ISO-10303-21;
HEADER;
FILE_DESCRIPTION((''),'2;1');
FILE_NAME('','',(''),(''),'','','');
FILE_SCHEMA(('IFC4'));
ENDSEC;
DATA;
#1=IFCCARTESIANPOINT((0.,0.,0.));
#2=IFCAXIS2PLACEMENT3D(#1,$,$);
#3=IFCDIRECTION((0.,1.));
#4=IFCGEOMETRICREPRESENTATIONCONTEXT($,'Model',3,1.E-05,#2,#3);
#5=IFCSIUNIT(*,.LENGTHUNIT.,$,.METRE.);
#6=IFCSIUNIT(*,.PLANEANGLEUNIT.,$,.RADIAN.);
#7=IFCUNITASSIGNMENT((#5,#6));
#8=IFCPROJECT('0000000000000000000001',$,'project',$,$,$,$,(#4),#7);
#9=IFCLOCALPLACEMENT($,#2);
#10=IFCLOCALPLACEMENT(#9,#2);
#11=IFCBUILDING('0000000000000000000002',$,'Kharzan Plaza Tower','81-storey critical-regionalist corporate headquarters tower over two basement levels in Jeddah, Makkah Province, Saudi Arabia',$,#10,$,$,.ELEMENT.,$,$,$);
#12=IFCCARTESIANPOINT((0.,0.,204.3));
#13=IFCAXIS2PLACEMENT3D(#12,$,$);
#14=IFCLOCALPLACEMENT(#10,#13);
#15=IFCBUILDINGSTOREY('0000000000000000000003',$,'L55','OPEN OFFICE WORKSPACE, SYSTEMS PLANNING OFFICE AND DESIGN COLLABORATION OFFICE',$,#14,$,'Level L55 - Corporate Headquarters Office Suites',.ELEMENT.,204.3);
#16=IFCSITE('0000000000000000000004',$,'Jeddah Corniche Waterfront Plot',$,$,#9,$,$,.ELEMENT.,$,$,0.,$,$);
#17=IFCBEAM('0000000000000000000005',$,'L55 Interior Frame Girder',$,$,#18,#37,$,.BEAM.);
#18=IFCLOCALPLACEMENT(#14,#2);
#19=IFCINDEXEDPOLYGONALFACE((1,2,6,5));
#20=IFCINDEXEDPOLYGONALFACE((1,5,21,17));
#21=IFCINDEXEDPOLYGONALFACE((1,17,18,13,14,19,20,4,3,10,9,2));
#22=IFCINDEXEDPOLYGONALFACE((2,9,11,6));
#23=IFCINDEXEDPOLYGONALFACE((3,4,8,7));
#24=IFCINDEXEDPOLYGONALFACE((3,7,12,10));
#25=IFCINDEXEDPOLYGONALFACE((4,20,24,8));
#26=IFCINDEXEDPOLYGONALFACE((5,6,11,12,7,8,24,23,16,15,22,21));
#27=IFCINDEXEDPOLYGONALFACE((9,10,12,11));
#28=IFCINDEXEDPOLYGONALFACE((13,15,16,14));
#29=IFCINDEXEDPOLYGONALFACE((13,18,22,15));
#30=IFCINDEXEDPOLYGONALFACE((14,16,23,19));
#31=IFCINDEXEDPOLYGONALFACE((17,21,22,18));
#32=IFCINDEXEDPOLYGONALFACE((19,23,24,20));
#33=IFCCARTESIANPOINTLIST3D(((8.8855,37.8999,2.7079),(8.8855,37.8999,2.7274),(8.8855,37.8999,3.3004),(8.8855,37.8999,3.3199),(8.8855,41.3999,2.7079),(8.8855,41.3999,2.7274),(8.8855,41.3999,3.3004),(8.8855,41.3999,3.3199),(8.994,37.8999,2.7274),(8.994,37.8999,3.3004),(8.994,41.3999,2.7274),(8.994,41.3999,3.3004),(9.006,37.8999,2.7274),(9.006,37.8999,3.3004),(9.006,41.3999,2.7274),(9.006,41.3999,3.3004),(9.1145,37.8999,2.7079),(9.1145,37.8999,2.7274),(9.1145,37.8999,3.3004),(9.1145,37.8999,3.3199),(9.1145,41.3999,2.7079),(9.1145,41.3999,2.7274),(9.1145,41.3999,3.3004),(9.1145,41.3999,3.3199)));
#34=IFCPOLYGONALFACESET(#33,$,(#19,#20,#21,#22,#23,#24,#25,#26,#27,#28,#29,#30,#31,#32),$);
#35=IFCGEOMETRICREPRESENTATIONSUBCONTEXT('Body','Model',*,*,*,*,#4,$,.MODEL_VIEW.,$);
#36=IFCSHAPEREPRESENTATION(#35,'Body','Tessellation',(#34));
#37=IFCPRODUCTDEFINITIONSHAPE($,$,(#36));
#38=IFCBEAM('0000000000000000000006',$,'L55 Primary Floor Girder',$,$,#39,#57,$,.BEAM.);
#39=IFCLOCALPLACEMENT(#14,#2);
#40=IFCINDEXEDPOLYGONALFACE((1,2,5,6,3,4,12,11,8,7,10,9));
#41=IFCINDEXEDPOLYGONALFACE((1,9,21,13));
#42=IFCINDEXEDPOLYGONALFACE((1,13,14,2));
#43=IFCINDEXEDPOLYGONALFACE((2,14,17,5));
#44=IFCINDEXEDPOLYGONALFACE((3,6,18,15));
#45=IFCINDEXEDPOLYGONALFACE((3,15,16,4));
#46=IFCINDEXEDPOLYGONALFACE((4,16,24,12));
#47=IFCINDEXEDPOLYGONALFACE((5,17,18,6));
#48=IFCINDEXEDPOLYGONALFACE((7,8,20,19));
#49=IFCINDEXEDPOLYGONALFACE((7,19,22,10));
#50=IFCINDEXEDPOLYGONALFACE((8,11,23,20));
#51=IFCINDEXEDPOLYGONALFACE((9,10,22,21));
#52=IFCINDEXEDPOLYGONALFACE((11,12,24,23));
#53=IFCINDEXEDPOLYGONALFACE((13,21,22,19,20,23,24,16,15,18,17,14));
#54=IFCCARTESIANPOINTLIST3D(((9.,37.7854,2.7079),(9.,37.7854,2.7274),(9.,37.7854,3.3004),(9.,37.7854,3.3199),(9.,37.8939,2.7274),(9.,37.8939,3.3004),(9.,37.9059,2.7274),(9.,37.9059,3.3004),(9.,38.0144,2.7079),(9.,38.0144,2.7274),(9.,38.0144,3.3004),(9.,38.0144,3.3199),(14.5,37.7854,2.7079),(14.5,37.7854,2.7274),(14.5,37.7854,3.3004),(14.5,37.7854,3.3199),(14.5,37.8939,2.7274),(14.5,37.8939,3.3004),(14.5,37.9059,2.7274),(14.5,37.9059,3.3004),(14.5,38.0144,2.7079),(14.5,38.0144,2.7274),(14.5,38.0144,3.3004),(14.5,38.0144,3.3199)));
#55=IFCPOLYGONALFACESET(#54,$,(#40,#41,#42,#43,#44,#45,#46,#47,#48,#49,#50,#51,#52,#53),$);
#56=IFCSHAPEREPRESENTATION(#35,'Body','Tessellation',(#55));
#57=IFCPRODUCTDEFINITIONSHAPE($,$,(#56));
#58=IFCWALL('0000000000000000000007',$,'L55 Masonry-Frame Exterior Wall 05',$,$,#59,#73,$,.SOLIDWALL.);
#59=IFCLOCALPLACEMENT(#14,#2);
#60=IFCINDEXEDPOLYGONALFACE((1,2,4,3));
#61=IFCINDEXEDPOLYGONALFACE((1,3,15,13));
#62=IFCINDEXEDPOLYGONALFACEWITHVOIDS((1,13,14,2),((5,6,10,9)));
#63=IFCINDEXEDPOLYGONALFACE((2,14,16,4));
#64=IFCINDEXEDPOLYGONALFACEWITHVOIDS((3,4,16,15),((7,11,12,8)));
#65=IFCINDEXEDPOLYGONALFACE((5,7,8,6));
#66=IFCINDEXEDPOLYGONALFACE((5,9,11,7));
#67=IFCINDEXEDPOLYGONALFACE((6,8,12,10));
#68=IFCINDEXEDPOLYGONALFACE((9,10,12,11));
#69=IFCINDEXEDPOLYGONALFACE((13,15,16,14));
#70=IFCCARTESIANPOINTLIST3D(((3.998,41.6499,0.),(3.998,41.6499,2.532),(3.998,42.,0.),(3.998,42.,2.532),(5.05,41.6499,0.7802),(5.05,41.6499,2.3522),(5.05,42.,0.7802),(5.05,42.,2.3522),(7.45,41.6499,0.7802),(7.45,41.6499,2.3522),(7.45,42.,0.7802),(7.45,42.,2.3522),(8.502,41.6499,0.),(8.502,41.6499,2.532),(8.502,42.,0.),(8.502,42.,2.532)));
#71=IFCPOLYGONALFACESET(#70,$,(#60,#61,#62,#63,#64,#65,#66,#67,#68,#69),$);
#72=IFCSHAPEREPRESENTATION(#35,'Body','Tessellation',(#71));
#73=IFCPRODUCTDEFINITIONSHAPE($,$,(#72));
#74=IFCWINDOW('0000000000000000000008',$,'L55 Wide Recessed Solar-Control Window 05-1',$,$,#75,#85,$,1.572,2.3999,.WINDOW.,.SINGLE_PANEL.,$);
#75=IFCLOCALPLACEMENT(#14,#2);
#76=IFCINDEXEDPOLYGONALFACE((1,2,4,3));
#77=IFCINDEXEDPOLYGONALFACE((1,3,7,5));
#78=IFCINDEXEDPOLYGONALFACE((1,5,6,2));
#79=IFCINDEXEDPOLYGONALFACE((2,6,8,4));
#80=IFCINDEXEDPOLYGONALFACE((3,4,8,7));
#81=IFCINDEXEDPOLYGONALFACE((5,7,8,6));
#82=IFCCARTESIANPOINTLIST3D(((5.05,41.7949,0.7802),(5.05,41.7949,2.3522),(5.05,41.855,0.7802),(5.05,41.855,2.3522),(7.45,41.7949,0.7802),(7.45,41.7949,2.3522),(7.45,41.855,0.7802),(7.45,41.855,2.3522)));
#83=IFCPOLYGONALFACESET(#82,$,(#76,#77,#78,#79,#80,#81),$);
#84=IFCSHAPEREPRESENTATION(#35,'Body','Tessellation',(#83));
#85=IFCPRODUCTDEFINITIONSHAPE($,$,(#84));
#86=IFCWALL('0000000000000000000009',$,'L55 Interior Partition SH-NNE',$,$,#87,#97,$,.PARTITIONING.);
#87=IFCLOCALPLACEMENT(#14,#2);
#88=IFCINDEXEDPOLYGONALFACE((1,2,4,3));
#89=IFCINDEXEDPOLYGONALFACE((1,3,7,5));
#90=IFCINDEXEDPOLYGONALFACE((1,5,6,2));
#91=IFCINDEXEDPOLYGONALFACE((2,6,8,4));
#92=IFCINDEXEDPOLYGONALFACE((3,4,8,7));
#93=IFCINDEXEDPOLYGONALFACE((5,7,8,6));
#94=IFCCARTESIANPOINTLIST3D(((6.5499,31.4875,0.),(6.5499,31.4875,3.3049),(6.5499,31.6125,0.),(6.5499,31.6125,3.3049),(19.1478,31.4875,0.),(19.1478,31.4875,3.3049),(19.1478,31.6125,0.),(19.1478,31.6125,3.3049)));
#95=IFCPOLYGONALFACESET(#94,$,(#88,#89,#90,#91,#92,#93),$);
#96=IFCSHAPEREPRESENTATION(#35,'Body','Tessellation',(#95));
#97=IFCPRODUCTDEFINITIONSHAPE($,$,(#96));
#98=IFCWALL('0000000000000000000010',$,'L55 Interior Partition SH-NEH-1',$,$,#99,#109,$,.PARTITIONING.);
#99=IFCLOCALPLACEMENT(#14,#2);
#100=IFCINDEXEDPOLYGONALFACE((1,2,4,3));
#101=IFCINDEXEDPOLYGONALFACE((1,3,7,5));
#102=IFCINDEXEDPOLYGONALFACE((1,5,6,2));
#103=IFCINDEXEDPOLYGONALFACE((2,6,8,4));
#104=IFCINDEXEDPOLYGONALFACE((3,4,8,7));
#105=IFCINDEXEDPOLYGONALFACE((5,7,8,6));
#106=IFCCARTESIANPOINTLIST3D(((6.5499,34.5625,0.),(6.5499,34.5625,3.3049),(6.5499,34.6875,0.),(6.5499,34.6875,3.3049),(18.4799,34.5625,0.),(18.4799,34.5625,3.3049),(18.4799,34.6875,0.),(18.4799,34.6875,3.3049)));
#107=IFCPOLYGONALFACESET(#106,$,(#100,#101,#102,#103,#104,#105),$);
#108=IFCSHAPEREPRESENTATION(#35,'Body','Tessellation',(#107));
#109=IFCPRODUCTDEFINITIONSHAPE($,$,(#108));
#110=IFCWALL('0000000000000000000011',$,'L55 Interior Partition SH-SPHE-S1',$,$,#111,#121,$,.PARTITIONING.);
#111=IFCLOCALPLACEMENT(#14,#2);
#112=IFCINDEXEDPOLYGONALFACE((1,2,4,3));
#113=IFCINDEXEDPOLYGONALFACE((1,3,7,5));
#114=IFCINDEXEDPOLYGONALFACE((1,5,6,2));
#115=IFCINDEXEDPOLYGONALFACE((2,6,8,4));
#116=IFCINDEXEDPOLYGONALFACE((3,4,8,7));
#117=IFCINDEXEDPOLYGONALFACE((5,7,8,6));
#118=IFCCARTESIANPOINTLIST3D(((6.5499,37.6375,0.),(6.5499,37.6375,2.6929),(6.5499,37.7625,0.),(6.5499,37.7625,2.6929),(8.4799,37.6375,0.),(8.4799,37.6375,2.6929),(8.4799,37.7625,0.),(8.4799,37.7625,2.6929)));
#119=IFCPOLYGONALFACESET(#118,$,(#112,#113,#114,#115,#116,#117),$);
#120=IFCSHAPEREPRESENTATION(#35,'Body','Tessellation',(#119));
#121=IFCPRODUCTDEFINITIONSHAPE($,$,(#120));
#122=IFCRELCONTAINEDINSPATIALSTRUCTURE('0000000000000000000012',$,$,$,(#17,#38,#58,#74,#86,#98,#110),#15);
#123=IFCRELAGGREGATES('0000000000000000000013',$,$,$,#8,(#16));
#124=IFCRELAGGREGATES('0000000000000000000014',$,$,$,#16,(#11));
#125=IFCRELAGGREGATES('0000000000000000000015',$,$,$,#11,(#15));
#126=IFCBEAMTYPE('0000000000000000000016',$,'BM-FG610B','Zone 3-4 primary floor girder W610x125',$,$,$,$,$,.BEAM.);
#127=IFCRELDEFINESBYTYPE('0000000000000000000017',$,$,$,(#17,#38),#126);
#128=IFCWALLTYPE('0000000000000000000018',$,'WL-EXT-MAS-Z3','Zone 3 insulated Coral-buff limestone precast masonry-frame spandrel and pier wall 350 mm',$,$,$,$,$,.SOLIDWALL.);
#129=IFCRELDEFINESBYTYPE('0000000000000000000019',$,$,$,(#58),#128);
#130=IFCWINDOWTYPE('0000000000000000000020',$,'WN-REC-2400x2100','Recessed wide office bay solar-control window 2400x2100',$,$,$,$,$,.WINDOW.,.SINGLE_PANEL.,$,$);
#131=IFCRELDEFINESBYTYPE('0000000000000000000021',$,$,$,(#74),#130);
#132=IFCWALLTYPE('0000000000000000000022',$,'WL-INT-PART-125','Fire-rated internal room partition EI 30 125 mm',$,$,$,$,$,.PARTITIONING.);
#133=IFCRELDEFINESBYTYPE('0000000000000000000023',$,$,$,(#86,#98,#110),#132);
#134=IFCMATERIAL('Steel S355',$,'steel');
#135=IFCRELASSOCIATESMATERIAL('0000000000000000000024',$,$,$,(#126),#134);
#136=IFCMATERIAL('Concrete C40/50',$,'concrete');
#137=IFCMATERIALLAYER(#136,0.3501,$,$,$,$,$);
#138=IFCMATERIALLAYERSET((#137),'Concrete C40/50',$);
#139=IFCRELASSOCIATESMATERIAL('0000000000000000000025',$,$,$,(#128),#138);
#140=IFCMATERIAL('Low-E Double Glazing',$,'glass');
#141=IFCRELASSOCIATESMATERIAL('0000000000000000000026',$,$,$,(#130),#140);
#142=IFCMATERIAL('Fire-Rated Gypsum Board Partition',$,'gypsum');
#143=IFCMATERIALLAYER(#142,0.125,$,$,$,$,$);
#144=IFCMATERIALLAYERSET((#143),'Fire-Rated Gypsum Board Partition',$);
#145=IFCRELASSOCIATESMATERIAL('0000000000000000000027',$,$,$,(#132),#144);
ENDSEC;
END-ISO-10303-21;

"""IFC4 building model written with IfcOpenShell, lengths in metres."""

from ifc_helpers import new_model, si_unit, direction, frame, frame_2d, origin, origin_2d, place, context, subcontext, project, spatial, rectangle, i_section, extrude, source, transform, mapped, material, layer, layer_set, material_profile, profile_set, type_object, element, fill, save


model = new_model("IFC4")

# Units and contexts
model_context = context("Model", 3, precision=1e-05, world=origin(), true_north=direction((0.0, 1.0)))
body_context = subcontext(model_context, "Body", "Model", "MODEL_VIEW")
ifc_project = project(units=[si_unit("LENGTHUNIT", "METRE"), si_unit("PLANEANGLEUNIT", "RADIAN")], contexts=[model_context])

# Site, building, storey
site_placement = place(None, origin())
site = spatial("IfcSite", under=ifc_project, at=site_placement, Name="Jeddah Corniche Waterfront Plot", CompositionType="ELEMENT", RefElevation=0.0)
building_placement = place(site_placement, origin())
building = spatial("IfcBuilding", under=site, at=building_placement, Name="Kharzan Plaza Tower", Description="81-storey critical-regionalist corporate headquarters tower over two basement levels in Jeddah, Makkah Province, Saudi Arabia", CompositionType="ELEMENT")
storey_placement = place(building_placement, frame((0.0, 0.0, 204.3)))
storey = spatial("IfcBuildingStorey", under=building, at=storey_placement, Name="L55", Description="OPEN OFFICE WORKSPACE, SYSTEMS PLANNING OFFICE AND DESIGN COLLABORATION OFFICE", LongName="Level L55 - Corporate Headquarters Office Suites", CompositionType="ELEMENT", Elevation=204.3)

# Beams
ifc_material_1 = material(Name="Steel S355", Category="steel")
ifc_material_profile = material_profile(ifc_material_1, i_section(OverallWidth=0.229, OverallDepth=0.6121, WebThickness=0.012, FlangeThickness=0.0195, at=origin_2d()), Name="W610x125")
ifc_profile_set = profile_set([ifc_material_profile], Name="Steel S355")
beam_type = type_object("IfcBeamType", Name="BM-FG610B", Description="Zone 3-4 primary floor girder W610x125", PredefinedType="BEAM", material=ifc_profile_set)
shared_shape_1 = source(origin(), body_context, "Body", "SweptSolid", [
    extrude(i_section(OverallWidth=0.229, OverallDepth=0.6121, WebThickness=0.012, FlangeThickness=0.0195, at=origin_2d()), origin(), (0.0, 0.0, 1.0), 3.5),
])
beam_1_placement = place(storey_placement, frame((9.0, 37.8999, 3.0139), z_axis=(0.0, 1.0, 0.0), x_axis=(-1.0, 0.0, 0.0)))
element("IfcBeam", 1, at=beam_1_placement, inside=storey, type_object=beam_type, Name="L55 Interior Frame Girder", PredefinedType="BEAM", context=body_context, shape_type="MappedRepresentation", body=[
    mapped(shared_shape_1, transform((0.0, 0.0, 0.0), x_axis=(1.0, 0.0, 0.0), y_axis=(0.0, 1.0, 0.0), z_axis=(0.0, 0.0, 1.0))),
])
shared_shape_2 = source(origin(), body_context, "Body", "SweptSolid", [
    extrude(i_section(OverallWidth=0.229, OverallDepth=0.6121, WebThickness=0.012, FlangeThickness=0.0195, at=origin_2d()), origin(), (0.0, 0.0, 1.0), 5.5),
])
beam_2_placement = place(storey_placement, frame((9.0, 37.8999, 3.0139), z_axis=(1.0, 0.0, 0.0), x_axis=(0.0, 1.0, 0.0)))
element("IfcBeam", 2, at=beam_2_placement, inside=storey, type_object=beam_type, Name="L55 Primary Floor Girder", PredefinedType="BEAM", context=body_context, shape_type="MappedRepresentation", body=[
    mapped(shared_shape_2, transform((0.0, 0.0, 0.0), x_axis=(1.0, 0.0, 0.0), y_axis=(0.0, 1.0, 0.0), z_axis=(0.0, 0.0, 1.0))),
])

# Wall, opening, window
ifc_material_2 = material(Name="Concrete C40/50", Category="concrete")
ifc_layer_1 = layer(ifc_material_2, 0.3501)
ifc_layer_set_1 = layer_set([ifc_layer_1], Name="Concrete C40/50")
wall_type_1 = type_object("IfcWallType", Name="WL-EXT-MAS-Z3", Description="Zone 3 insulated Coral-buff limestone precast masonry-frame spandrel and pier wall 350 mm", PredefinedType="SOLIDWALL", material=ifc_layer_set_1)
wall_1_placement = place(storey_placement, frame((8.502, 41.825, 0.0), z_axis=(0.0, 0.0, 1.0), x_axis=(-1.0, 0.0, 0.0)))
wall_1 = element("IfcWall", 3, at=wall_1_placement, inside=storey, type_object=wall_type_1, Name="L55 Masonry-Frame Exterior Wall 05", PredefinedType="SOLIDWALL", context=body_context, shape_type="SweptSolid", body=[
    extrude(rectangle(XDim=4.5039, YDim=0.3501, at=frame_2d((2.252, 0.0))), origin(), (0.0, 0.0, 1.0), 2.532),
])
opening_1_placement = place(wall_1_placement, frame((1.052, 0.0, 0.78)))
opening_1 = element("IfcOpeningElement", 4, at=opening_1_placement, cuts=wall_1, PredefinedType="OPENING", context=body_context, shape_type="SweptSolid", body=[
    extrude(rectangle(XDim=2.3999, YDim=1.572, at=frame_2d((1.2, 0.7861))), frame((0.0, 0.1851, 0.0), z_axis=(0.0, -1.0, 0.0), x_axis=(1.0, 0.0, 0.0)), (0.0, 0.0, 1.0), 0.3701),
])
ifc_material_3 = material(Name="Low-E Double Glazing", Category="glass")
window_type = type_object("IfcWindowType", Name="WN-REC-2400x2100", Description="Recessed wide office bay solar-control window 2400x2100", PartitioningType="SINGLE_PANEL", PredefinedType="WINDOW", material=ifc_material_3)
shared_shape_3 = source(origin(), body_context, "Body", "SweptSolid", [
    extrude(rectangle(XDim=2.3999, YDim=1.572, at=frame_2d((1.2, 0.7861))), frame((0.0, 0.03, 0.0), z_axis=(0.0, -1.0, 0.0), x_axis=(1.0, 0.0, 0.0)), (0.0, 0.0, 1.0), 0.0601),
])
window_placement = place(opening_1_placement, origin())
window = element("IfcWindow", 5, at=window_placement, inside=storey, type_object=window_type, Name="L55 Wide Recessed Solar-Control Window 05-1", OverallHeight=1.572, OverallWidth=2.3999, PartitioningType="SINGLE_PANEL", PredefinedType="WINDOW", context=body_context, shape_type="MappedRepresentation", body=[
    mapped(shared_shape_3, transform((0.0, 0.0, 0.0), x_axis=(1.0, 0.0, 0.0), y_axis=(0.0, 1.0, 0.0), z_axis=(0.0, 0.0, 1.0))),
])
fill(opening_1, window)

# Shared definitions
ifc_material_4 = material(Name="Fire-Rated Gypsum Board Partition", Category="gypsum")
ifc_layer_2 = layer(ifc_material_4, 0.125)
ifc_layer_set_2 = layer_set([ifc_layer_2], Name="Fire-Rated Gypsum Board Partition")
wall_type_2 = type_object("IfcWallType", Name="WL-INT-PART-125", Description="Fire-rated internal room partition EI 30 125 mm", PredefinedType="PARTITIONING", material=ifc_layer_set_2)

# Walls
shared_shape_4 = source(origin(), body_context, "Body", "SweptSolid", [
    extrude(rectangle(XDim=12.5979, YDim=0.125, at=frame_2d((6.2988, 0.0))), origin(), (0.0, 0.0, 1.0), 3.3049),
])
wall_2_placement = place(storey_placement, frame((6.55, 31.55, 0.0), z_axis=(0.0, 0.0, 1.0), x_axis=(1.0, 0.0, 0.0)))
element("IfcWall", 6, at=wall_2_placement, inside=storey, type_object=wall_type_2, Name="L55 Interior Partition SH-NNE", PredefinedType="PARTITIONING", context=body_context, shape_type="MappedRepresentation", body=[
    mapped(shared_shape_4, transform((0.0, 0.0, 0.0), x_axis=(1.0, 0.0, 0.0), y_axis=(0.0, 1.0, 0.0), z_axis=(0.0, 0.0, 1.0))),
])
shared_shape_5 = source(origin(), body_context, "Body", "SweptSolid", [
    extrude(rectangle(XDim=11.9299, YDim=0.125, at=frame_2d((5.9648, 0.0))), origin(), (0.0, 0.0, 1.0), 3.3049),
])
wall_3_placement = place(storey_placement, frame((6.55, 34.625, 0.0), z_axis=(0.0, 0.0, 1.0), x_axis=(1.0, 0.0, 0.0)))
element("IfcWall", 7, at=wall_3_placement, inside=storey, type_object=wall_type_2, Name="L55 Interior Partition SH-NEH-1", PredefinedType="PARTITIONING", context=body_context, shape_type="MappedRepresentation", body=[
    mapped(shared_shape_5, transform((0.0, 0.0, 0.0), x_axis=(1.0, 0.0, 0.0), y_axis=(0.0, 1.0, 0.0), z_axis=(0.0, 0.0, 1.0))),
])
shared_shape_6 = source(origin(), body_context, "Body", "SweptSolid", [
    extrude(rectangle(XDim=1.9299, YDim=0.125, at=frame_2d((0.9648, 0.0))), origin(), (0.0, 0.0, 1.0), 2.6929),
])
wall_4_placement = place(storey_placement, frame((6.55, 37.7, 0.0), z_axis=(0.0, 0.0, 1.0), x_axis=(1.0, 0.0, 0.0)))
element("IfcWall", 8, at=wall_4_placement, inside=storey, type_object=wall_type_2, Name="L55 Interior Partition SH-SPHE-S1", PredefinedType="PARTITIONING", context=body_context, shape_type="MappedRepresentation", body=[
    mapped(shared_shape_6, transform((0.0, 0.0, 0.0), x_axis=(1.0, 0.0, 0.0), y_axis=(0.0, 1.0, 0.0), z_axis=(0.0, 0.0, 1.0))),
])

save(model, "model.ifc")
